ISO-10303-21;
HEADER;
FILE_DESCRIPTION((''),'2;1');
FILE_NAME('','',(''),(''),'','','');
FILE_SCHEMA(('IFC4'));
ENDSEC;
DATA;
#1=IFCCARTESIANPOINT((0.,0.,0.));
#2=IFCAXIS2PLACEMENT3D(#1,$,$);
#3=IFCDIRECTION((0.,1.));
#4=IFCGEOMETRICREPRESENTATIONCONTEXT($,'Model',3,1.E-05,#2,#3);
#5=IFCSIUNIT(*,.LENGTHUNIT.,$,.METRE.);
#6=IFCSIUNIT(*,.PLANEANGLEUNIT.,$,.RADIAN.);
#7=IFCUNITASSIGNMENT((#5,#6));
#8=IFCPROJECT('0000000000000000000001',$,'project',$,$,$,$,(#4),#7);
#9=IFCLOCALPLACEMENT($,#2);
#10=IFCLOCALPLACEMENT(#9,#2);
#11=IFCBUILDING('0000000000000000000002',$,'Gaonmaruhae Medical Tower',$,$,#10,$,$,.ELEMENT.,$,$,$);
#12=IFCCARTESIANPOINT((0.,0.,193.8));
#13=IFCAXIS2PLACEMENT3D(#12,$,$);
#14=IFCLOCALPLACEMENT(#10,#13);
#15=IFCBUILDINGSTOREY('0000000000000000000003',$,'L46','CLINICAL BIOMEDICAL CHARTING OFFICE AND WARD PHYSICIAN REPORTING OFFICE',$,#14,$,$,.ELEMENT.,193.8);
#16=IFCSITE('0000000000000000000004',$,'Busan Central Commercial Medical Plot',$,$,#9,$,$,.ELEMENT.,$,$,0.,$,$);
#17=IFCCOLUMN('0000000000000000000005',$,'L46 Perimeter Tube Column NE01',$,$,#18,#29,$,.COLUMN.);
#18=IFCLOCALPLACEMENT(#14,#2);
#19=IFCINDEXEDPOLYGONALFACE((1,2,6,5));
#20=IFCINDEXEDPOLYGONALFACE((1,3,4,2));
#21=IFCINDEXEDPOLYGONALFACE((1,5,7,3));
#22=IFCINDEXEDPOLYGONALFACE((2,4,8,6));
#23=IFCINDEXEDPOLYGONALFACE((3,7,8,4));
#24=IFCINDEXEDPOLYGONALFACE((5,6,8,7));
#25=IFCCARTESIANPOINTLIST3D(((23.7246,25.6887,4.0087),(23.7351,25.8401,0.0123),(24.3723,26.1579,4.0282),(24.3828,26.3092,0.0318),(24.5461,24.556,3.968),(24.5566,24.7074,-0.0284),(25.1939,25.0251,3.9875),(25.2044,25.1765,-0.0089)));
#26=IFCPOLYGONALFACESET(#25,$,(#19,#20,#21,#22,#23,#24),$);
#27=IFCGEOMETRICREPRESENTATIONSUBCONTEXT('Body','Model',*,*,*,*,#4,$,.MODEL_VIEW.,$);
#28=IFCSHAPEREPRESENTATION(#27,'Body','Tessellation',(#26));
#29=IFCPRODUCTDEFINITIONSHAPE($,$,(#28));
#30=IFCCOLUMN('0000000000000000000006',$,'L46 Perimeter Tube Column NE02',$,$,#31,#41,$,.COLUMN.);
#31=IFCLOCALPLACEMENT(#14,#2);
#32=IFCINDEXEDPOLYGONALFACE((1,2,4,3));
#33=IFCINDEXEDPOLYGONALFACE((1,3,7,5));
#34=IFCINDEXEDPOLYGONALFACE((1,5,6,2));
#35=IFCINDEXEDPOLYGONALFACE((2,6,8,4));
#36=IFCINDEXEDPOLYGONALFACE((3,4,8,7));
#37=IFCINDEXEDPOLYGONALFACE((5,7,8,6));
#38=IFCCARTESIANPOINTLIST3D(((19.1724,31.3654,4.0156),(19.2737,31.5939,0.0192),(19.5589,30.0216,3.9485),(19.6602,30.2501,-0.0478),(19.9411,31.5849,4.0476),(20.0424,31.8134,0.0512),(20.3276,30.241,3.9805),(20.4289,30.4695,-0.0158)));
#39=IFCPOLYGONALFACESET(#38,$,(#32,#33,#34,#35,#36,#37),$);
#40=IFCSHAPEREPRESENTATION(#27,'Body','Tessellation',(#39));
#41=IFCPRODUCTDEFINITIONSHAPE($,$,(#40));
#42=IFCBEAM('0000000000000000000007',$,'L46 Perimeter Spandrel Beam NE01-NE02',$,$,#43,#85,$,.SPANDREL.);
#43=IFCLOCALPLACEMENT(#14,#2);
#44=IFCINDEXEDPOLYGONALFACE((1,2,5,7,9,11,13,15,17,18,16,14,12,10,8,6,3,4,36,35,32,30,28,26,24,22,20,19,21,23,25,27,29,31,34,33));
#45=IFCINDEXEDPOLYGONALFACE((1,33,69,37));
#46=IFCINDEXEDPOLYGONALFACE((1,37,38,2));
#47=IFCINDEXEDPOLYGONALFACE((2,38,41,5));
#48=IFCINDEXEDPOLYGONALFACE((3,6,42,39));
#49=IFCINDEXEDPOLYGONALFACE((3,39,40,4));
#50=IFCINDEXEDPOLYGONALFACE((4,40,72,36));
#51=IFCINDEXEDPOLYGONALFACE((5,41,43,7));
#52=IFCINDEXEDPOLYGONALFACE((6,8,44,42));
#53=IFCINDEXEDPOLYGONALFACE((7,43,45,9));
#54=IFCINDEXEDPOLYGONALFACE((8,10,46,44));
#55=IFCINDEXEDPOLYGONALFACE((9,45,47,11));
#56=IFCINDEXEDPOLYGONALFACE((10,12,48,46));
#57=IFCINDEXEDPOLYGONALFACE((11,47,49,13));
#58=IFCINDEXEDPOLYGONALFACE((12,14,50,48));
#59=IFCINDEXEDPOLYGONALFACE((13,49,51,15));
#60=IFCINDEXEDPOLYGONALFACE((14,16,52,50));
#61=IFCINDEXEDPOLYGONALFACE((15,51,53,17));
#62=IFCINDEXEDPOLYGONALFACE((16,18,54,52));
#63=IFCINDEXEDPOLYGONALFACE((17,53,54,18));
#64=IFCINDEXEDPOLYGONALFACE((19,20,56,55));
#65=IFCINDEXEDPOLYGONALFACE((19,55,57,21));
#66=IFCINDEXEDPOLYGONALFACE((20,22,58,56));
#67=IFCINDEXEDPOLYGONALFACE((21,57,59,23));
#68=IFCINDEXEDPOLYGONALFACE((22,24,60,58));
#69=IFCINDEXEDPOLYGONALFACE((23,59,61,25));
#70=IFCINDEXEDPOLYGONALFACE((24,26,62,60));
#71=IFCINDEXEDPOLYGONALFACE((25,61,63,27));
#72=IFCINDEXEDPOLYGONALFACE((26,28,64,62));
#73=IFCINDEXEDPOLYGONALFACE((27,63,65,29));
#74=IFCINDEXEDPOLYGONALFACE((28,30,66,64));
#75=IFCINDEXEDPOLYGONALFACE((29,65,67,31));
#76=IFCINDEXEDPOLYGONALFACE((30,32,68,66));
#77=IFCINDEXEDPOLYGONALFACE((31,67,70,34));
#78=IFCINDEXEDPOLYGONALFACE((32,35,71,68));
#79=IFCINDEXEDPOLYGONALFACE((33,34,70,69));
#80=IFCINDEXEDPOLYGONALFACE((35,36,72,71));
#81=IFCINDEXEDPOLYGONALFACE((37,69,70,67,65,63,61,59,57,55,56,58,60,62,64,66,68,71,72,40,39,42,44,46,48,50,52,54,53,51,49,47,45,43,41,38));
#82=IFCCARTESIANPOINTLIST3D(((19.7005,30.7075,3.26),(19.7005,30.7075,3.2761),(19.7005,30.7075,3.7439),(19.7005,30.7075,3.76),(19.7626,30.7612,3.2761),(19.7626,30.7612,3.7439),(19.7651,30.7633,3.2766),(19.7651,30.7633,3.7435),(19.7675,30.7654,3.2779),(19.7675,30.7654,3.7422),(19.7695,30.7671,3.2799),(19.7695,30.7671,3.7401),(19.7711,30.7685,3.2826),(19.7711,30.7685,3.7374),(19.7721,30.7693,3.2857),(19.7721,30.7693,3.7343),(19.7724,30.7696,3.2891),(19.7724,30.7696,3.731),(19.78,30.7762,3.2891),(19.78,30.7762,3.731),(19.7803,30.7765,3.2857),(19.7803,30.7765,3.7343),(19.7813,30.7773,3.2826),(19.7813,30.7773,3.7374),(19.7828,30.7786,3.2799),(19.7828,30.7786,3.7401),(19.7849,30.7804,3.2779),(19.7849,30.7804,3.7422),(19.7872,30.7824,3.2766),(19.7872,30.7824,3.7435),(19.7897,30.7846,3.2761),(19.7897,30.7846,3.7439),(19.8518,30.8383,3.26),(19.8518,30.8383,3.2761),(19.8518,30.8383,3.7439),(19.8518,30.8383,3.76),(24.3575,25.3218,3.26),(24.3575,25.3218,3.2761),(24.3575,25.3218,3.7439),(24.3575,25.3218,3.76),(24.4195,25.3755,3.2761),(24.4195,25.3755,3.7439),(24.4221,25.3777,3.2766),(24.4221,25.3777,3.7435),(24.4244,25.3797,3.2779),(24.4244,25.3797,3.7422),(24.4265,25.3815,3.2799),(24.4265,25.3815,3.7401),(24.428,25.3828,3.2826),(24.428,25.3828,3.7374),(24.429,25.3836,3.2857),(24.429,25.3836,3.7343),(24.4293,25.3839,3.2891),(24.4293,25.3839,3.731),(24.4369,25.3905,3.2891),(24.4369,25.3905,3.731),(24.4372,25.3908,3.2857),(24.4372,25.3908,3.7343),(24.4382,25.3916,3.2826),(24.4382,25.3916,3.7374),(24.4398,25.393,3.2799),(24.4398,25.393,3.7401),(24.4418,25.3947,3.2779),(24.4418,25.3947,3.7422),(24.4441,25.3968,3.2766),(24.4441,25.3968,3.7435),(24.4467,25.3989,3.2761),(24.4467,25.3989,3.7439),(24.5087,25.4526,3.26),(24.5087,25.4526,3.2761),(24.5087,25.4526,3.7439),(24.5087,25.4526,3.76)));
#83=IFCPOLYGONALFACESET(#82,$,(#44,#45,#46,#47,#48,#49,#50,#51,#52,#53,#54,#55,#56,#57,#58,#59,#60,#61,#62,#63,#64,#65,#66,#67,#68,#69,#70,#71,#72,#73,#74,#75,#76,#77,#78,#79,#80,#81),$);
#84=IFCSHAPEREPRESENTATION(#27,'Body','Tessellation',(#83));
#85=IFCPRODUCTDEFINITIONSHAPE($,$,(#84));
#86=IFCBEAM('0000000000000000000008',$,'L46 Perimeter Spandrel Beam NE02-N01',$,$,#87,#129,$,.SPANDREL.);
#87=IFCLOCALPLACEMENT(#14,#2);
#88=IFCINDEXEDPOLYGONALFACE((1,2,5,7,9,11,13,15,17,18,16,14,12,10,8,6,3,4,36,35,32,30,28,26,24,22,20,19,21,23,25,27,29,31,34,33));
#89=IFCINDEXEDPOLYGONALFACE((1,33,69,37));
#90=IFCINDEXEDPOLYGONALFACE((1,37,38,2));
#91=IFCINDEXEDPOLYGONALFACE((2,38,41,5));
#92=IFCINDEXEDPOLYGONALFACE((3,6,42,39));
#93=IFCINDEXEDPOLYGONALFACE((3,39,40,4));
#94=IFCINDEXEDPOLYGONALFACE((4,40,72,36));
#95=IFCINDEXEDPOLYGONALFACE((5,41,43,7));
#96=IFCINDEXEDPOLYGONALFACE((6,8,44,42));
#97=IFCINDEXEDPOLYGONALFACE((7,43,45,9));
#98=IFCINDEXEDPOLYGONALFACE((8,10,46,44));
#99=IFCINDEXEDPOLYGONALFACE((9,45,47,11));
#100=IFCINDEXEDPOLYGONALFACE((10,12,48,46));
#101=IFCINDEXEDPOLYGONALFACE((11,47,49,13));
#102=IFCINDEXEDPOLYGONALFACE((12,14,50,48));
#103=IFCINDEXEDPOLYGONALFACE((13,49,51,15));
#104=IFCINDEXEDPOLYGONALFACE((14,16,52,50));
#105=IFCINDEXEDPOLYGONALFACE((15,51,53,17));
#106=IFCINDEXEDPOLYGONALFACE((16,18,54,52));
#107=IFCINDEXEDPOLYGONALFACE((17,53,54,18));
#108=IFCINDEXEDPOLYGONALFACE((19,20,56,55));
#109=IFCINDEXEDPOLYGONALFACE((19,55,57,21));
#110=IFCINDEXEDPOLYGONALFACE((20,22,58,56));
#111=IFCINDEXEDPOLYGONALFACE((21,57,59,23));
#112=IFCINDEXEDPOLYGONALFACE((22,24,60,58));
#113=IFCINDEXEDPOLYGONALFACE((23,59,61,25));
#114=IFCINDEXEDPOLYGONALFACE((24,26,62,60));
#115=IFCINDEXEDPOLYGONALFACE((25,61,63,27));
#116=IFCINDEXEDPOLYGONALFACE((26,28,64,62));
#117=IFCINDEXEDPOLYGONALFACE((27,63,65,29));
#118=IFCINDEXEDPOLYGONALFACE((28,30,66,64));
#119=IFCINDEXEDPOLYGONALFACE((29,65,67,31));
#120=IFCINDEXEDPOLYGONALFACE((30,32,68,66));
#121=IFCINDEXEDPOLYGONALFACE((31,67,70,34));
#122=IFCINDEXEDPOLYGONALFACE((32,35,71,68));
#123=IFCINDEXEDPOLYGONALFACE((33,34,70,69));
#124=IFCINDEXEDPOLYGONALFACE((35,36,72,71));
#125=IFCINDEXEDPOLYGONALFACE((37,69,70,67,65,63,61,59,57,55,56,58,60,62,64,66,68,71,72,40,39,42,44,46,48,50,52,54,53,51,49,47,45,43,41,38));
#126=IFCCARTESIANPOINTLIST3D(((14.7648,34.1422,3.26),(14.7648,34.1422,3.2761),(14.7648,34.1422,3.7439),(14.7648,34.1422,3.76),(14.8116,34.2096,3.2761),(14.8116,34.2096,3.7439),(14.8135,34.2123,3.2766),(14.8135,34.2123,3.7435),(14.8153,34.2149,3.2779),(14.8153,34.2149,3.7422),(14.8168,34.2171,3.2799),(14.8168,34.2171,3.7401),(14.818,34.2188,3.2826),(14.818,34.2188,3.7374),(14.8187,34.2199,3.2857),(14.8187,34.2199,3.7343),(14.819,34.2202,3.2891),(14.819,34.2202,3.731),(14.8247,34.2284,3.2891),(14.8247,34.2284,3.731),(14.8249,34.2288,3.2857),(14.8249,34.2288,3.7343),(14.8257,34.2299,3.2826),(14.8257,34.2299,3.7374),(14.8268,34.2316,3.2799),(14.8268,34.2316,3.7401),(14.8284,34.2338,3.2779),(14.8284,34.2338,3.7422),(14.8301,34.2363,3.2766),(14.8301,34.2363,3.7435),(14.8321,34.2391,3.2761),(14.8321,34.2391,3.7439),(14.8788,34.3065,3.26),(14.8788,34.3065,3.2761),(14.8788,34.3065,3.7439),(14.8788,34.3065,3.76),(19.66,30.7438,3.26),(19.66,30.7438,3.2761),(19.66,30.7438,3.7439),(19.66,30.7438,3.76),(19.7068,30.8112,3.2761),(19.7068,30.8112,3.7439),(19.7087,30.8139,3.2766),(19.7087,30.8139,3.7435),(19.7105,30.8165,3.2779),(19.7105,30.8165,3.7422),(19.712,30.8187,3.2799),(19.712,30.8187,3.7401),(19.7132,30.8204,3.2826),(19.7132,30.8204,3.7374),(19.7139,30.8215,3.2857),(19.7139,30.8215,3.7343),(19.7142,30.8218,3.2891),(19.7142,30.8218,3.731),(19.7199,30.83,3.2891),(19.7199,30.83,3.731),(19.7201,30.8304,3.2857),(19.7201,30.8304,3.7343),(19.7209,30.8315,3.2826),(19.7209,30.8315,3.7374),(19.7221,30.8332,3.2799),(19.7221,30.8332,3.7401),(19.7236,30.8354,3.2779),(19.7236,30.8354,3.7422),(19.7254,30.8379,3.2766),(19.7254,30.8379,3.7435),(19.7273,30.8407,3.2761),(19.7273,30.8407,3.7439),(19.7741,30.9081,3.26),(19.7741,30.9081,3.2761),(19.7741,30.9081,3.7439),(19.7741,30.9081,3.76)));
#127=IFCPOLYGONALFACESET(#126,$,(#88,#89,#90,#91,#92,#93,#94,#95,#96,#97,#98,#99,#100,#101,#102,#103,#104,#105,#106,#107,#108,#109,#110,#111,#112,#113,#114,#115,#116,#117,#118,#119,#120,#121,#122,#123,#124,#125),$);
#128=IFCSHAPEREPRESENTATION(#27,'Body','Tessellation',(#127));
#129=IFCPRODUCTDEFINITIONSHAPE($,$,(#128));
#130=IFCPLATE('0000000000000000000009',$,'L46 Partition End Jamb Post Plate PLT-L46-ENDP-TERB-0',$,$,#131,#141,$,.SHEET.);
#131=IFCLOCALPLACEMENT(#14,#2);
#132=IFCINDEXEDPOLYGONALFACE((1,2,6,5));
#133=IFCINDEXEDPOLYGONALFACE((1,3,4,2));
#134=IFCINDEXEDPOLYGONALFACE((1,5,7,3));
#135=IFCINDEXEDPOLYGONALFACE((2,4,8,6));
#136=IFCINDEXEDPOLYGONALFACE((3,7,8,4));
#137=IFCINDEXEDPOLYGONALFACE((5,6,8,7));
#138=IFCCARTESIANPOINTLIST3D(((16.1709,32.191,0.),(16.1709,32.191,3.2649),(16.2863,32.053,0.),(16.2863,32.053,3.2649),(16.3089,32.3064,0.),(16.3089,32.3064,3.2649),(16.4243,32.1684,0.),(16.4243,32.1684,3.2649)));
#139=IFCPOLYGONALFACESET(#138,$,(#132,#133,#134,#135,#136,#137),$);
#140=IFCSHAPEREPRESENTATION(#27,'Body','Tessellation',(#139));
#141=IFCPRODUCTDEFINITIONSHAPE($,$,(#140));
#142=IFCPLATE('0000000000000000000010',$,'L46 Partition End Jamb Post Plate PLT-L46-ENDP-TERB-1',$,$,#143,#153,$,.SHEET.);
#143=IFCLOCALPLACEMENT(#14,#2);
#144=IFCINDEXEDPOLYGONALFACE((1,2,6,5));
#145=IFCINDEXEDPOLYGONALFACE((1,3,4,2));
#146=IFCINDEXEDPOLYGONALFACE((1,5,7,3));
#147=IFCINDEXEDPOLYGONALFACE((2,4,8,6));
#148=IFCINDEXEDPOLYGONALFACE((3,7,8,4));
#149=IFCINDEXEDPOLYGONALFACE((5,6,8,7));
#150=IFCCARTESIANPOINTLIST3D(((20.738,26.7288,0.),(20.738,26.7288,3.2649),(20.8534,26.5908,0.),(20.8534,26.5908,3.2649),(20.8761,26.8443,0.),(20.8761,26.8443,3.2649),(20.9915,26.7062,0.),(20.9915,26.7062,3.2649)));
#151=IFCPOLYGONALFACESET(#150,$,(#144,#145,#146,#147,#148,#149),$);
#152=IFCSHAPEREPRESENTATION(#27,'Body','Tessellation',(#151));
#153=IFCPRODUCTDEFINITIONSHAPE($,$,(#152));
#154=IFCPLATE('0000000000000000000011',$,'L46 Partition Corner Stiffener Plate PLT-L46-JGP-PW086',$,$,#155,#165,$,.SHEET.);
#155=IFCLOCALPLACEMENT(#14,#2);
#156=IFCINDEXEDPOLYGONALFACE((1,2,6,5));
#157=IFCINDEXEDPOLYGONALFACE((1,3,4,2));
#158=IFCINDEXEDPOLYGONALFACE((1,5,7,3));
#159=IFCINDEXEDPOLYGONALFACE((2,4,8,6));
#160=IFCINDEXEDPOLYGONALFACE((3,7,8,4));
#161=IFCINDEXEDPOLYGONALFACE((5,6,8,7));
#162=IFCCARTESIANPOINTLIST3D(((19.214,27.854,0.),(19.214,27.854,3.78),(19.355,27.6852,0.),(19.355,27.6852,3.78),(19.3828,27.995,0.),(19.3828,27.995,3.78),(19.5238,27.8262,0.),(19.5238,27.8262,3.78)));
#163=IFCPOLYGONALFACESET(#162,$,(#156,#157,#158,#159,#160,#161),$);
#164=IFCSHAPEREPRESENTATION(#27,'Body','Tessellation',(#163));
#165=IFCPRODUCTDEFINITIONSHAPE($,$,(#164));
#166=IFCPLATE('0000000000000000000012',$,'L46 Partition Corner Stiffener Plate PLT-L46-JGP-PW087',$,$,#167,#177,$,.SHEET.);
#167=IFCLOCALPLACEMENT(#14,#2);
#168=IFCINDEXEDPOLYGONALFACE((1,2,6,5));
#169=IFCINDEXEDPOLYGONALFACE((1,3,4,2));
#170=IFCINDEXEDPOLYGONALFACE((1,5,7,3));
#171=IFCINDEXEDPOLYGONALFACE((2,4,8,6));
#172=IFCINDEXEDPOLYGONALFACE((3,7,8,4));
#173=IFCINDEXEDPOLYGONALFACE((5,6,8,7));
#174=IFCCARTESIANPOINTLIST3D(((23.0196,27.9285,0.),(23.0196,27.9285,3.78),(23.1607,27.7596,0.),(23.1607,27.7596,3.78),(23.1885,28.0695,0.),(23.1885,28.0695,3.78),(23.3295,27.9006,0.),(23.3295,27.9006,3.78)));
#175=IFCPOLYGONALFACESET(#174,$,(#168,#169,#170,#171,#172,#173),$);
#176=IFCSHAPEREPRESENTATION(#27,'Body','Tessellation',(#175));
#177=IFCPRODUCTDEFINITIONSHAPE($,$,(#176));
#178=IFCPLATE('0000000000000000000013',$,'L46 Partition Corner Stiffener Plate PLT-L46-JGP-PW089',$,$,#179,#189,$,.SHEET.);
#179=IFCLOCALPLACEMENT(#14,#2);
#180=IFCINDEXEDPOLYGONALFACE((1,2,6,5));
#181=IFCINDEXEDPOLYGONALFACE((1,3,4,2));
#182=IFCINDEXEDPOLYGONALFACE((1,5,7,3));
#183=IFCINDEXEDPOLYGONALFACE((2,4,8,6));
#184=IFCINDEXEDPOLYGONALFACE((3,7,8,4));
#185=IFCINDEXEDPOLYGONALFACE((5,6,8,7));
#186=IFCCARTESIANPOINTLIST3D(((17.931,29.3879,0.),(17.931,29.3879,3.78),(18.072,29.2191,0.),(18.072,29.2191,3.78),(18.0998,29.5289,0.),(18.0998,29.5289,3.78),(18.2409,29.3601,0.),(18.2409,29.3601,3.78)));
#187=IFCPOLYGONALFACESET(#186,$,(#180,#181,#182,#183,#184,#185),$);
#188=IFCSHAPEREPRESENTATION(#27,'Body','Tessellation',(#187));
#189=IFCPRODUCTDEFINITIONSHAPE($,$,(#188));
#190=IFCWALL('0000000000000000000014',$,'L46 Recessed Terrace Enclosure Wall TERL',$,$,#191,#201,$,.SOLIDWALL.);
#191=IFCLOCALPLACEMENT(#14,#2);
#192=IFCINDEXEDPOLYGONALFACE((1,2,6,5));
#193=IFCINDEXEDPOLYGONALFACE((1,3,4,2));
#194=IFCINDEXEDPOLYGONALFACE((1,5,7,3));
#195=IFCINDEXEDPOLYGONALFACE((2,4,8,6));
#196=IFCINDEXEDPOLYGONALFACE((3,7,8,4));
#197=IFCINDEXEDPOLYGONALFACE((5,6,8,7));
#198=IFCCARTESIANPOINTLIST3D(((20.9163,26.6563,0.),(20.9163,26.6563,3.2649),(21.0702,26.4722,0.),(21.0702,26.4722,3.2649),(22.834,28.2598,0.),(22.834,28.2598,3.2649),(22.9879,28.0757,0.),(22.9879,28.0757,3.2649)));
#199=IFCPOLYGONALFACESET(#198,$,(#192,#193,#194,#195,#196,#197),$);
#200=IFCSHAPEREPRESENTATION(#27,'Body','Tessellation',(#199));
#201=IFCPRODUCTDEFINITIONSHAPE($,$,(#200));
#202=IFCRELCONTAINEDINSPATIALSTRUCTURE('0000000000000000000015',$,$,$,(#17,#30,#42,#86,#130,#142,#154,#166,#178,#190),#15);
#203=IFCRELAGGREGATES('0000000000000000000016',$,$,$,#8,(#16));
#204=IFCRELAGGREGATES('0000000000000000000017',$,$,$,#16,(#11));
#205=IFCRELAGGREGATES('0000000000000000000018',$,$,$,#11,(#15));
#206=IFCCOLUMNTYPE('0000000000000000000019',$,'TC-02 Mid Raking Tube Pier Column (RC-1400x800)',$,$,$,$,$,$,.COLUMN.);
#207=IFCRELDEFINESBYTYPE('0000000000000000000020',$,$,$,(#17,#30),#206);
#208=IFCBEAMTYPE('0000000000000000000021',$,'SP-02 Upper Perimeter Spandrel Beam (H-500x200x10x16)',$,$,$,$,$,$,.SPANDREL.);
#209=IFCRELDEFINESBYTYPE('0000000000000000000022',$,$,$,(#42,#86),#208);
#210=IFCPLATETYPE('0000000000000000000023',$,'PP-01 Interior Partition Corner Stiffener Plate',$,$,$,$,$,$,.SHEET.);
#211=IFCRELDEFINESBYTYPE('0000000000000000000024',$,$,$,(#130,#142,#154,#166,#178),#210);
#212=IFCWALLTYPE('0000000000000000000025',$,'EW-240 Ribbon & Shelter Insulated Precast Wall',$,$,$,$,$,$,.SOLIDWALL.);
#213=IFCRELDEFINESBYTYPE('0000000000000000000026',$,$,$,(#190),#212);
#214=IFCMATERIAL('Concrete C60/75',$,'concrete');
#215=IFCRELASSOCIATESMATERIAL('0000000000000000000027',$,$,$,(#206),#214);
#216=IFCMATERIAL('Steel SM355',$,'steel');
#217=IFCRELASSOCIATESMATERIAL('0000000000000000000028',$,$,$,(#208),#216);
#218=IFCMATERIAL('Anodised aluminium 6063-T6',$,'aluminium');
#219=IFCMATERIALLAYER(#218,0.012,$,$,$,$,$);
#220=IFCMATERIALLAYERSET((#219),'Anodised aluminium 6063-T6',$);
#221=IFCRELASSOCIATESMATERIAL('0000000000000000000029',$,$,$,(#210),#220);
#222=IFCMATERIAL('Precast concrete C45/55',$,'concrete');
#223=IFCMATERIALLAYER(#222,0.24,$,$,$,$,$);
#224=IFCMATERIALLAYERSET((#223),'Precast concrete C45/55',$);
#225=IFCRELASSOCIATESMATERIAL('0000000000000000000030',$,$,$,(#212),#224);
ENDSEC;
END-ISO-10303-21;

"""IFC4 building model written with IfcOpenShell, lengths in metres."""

from ifc_helpers import new_model, si_unit, direction, frame, frame_2d, origin, origin_2d, place, context, subcontext, project, spatial, rectangle, i_section, extrude, material, layer, layer_set, material_profile, profile_set, type_object, element, save


model = new_model("IFC4")

# Units and contexts
model_context = context("Model", 3, precision=1e-05, world=origin(), true_north=direction((0.0, 1.0)))
body_context = subcontext(model_context, "Body", "Model", "MODEL_VIEW")
ifc_project = project(units=[si_unit("LENGTHUNIT", "METRE"), si_unit("PLANEANGLEUNIT", "RADIAN")], contexts=[model_context])

# Site, building, storey
site_placement = place(None, origin())
site = spatial("IfcSite", under=ifc_project, at=site_placement, Name="Busan Central Commercial Medical Plot", CompositionType="ELEMENT", RefElevation=0.0)
building_placement = place(site_placement, origin())
building = spatial("IfcBuilding", under=site, at=building_placement, Name="Gaonmaruhae Medical Tower", CompositionType="ELEMENT")
storey_placement = place(building_placement, frame((0.0, 0.0, 193.8)))
storey = spatial("IfcBuildingStorey", under=building, at=storey_placement, Name="L46", Description="CLINICAL BIOMEDICAL CHARTING OFFICE AND WARD PHYSICIAN REPORTING OFFICE", CompositionType="ELEMENT", Elevation=193.8)

# Columns
ifc_material_1 = material(Name="Concrete C60/75", Category="concrete")
ifc_material_profile_1 = material_profile(ifc_material_1, rectangle(XDim=1.3999, YDim=0.8, at=origin_2d()), Name="RC-1400x800")
ifc_profile_set_1 = profile_set([ifc_material_profile_1], Name="Concrete C60/75")
column_type = type_object("IfcColumnType", Name="TC-02 Mid Raking Tube Pier Column (RC-1400x800)", PredefinedType="COLUMN", material=ifc_profile_set_1)
column_1_placement = place(storey_placement, frame((24.4697, 25.5083, 0.0017), z_axis=(-0.002625, -0.037849, 0.99928), x_axis=(-0.586872, 0.809157, 0.029106)))
element("IfcColumn", 1, at=column_1_placement, inside=storey, type_object=column_type, Name="L46 Perimeter Tube Column NE01", PredefinedType="COLUMN", context=body_context, shape_type="SweptSolid", body=[
    extrude(rectangle(XDim=1.3999, YDim=0.8, at=origin_2d()), origin(), (0.0, 0.0, 1.0), 3.9993),
])
column_2_placement = place(storey_placement, frame((19.8513, 31.0317, 0.0017), z_axis=(-0.025303, -0.05707, 0.998049), x_axis=(-0.276053, 0.959948, 0.047892)))
element("IfcColumn", 2, at=column_2_placement, inside=storey, type_object=column_type, Name="L46 Perimeter Tube Column NE02", PredefinedType="COLUMN", context=body_context, shape_type="SweptSolid", body=[
    extrude(rectangle(XDim=1.3999, YDim=0.8, at=origin_2d()), origin(), (0.0, 0.0, 1.0), 4.0042),
])

# Beams
ifc_material_2 = material(Name="Steel SM355", Category="steel")
ifc_material_profile_2 = material_profile(ifc_material_2, i_section(OverallWidth=0.2, OverallDepth=0.5, WebThickness=0.01, FlangeThickness=0.0161, FilletRadius=0.0129, at=origin_2d()), Name="H-500x200x10x16")
ifc_profile_set_2 = profile_set([ifc_material_profile_2], Name="Steel SM355")
beam_type = type_object("IfcBeamType", Name="SP-02 Upper Perimeter Spandrel Beam (H-500x200x10x16)", PredefinedType="SPANDREL", material=ifc_profile_set_2)
beam_1_placement = place(storey_placement, frame((24.4331, 25.3872, 3.51), z_axis=(-0.654075, 0.75643, 0.0), x_axis=(-0.75643, -0.654075, 0.0)))
element("IfcBeam", 3, at=beam_1_placement, inside=storey, type_object=beam_type, Name="L46 Perimeter Spandrel Beam NE01-NE02", PredefinedType="SPANDREL", context=body_context, shape_type="SweptSolid", body=[
    extrude(i_section(OverallWidth=0.2, OverallDepth=0.5, WebThickness=0.01, FlangeThickness=0.0161, FilletRadius=0.0129, at=origin_2d()), origin(), (0.0, 0.0, 1.0), 7.1199),
])
beam_2_placement = place(storey_placement, frame((19.717, 30.8259, 3.51), z_axis=(-0.821453, 0.570277, 0.0), x_axis=(-0.570277, -0.821453, 0.0)))
element("IfcBeam", 4, at=beam_2_placement, inside=storey, type_object=beam_type, Name="L46 Perimeter Spandrel Beam NE02-N01", PredefinedType="SPANDREL", context=body_context, shape_type="SweptSolid", body=[
    extrude(i_section(OverallWidth=0.2, OverallDepth=0.5, WebThickness=0.01, FlangeThickness=0.0161, FilletRadius=0.0129, at=origin_2d()), origin(), (0.0, 0.0, 1.0), 5.9592),
])

# Plates
ifc_material_3 = material(Name="Anodised aluminium 6063-T6", Category="aluminium")
ifc_layer_1 = layer(ifc_material_3, 0.012)
ifc_layer_set_1 = layer_set([ifc_layer_1], Name="Anodised aluminium 6063-T6")
plate_type = type_object("IfcPlateType", Name="PP-01 Interior Partition Corner Stiffener Plate", PredefinedType="SHEET", material=ifc_layer_set_1)
for number, where, z_axis, x_axis, name in (
    (5, (16.2976, 32.1797, 0.0), (0.0, 0.0, 1.0), (0.64145, -0.767165, 0.0), "L46 Partition End Jamb Post Plate PLT-L46-ENDP-TERB-0"),
    (6, (20.8647, 26.7175, 0.0), (0.0, 0.0, 1.0), (0.64145, -0.767165, 0.0), "L46 Partition End Jamb Post Plate PLT-L46-ENDP-TERB-1"),
):
    element("IfcPlate", number, at=place(storey_placement, frame(where, z_axis=z_axis, x_axis=x_axis)), inside=storey, type_object=plate_type, Name=name, PredefinedType="SHEET", context=body_context, shape_type="SweptSolid", body=[
        extrude(rectangle(XDim=0.1799, YDim=0.1799, at=origin_2d()), origin(), (0.0, 0.0, 1.0), 3.2649),
    ])
for number, where, z_axis, x_axis, name in (
    (7, (19.3689, 27.8401, 0.0), (0.0, 0.0, 1.0), (0.767479, 0.641075, 0.0), "L46 Partition Corner Stiffener Plate PLT-L46-JGP-PW086"),
    (8, (23.1746, 27.9146, 0.0), (0.0, 0.0, 1.0), (0.641075, -0.767479, 0.0), "L46 Partition Corner Stiffener Plate PLT-L46-JGP-PW087"),
    (9, (18.0859, 29.374, 0.0), (0.0, 0.0, 1.0), (-0.767479, -0.641075, 0.0), "L46 Partition Corner Stiffener Plate PLT-L46-JGP-PW089"),
):
    element("IfcPlate", number, at=place(storey_placement, frame(where, z_axis=z_axis, x_axis=x_axis)), inside=storey, type_object=plate_type, Name=name, PredefinedType="SHEET", context=body_context, shape_type="SweptSolid", body=[
        extrude(rectangle(XDim=0.22, YDim=0.22, at=origin_2d()), origin(), (0.0, 0.0, 1.0), 3.78),
    ])

# Shared definitions
ifc_material_4 = material(Name="Precast concrete C45/55", Category="concrete")
ifc_layer_2 = layer(ifc_material_4, 0.24)
ifc_layer_set_2 = layer_set([ifc_layer_2], Name="Precast concrete C45/55")
wall_type_1 = type_object("IfcWallType", Name="EW-240 Ribbon & Shelter Insulated Precast Wall", PredefinedType="SOLIDWALL", material=ifc_layer_set_2)

# Wall
wall_1_placement = place(storey_placement, frame((20.9932, 26.5642, 0.0), z_axis=(0.0, 0.0, 1.0), x_axis=(0.767156, 0.641461, 0.0)))
element("IfcWall", 10, at=wall_1_placement, inside=storey, type_object=wall_type_1, Name="L46 Recessed Terrace Enclosure Wall TERL", PredefinedType="SOLIDWALL", context=body_context, shape_type="SweptSolid", body=[
    extrude(rectangle(XDim=2.4998, YDim=0.24, at=frame_2d((1.25, 0.0))), origin(), (0.0, 0.0, 1.0), 3.2649),
])

save(model, "model.ifc")
